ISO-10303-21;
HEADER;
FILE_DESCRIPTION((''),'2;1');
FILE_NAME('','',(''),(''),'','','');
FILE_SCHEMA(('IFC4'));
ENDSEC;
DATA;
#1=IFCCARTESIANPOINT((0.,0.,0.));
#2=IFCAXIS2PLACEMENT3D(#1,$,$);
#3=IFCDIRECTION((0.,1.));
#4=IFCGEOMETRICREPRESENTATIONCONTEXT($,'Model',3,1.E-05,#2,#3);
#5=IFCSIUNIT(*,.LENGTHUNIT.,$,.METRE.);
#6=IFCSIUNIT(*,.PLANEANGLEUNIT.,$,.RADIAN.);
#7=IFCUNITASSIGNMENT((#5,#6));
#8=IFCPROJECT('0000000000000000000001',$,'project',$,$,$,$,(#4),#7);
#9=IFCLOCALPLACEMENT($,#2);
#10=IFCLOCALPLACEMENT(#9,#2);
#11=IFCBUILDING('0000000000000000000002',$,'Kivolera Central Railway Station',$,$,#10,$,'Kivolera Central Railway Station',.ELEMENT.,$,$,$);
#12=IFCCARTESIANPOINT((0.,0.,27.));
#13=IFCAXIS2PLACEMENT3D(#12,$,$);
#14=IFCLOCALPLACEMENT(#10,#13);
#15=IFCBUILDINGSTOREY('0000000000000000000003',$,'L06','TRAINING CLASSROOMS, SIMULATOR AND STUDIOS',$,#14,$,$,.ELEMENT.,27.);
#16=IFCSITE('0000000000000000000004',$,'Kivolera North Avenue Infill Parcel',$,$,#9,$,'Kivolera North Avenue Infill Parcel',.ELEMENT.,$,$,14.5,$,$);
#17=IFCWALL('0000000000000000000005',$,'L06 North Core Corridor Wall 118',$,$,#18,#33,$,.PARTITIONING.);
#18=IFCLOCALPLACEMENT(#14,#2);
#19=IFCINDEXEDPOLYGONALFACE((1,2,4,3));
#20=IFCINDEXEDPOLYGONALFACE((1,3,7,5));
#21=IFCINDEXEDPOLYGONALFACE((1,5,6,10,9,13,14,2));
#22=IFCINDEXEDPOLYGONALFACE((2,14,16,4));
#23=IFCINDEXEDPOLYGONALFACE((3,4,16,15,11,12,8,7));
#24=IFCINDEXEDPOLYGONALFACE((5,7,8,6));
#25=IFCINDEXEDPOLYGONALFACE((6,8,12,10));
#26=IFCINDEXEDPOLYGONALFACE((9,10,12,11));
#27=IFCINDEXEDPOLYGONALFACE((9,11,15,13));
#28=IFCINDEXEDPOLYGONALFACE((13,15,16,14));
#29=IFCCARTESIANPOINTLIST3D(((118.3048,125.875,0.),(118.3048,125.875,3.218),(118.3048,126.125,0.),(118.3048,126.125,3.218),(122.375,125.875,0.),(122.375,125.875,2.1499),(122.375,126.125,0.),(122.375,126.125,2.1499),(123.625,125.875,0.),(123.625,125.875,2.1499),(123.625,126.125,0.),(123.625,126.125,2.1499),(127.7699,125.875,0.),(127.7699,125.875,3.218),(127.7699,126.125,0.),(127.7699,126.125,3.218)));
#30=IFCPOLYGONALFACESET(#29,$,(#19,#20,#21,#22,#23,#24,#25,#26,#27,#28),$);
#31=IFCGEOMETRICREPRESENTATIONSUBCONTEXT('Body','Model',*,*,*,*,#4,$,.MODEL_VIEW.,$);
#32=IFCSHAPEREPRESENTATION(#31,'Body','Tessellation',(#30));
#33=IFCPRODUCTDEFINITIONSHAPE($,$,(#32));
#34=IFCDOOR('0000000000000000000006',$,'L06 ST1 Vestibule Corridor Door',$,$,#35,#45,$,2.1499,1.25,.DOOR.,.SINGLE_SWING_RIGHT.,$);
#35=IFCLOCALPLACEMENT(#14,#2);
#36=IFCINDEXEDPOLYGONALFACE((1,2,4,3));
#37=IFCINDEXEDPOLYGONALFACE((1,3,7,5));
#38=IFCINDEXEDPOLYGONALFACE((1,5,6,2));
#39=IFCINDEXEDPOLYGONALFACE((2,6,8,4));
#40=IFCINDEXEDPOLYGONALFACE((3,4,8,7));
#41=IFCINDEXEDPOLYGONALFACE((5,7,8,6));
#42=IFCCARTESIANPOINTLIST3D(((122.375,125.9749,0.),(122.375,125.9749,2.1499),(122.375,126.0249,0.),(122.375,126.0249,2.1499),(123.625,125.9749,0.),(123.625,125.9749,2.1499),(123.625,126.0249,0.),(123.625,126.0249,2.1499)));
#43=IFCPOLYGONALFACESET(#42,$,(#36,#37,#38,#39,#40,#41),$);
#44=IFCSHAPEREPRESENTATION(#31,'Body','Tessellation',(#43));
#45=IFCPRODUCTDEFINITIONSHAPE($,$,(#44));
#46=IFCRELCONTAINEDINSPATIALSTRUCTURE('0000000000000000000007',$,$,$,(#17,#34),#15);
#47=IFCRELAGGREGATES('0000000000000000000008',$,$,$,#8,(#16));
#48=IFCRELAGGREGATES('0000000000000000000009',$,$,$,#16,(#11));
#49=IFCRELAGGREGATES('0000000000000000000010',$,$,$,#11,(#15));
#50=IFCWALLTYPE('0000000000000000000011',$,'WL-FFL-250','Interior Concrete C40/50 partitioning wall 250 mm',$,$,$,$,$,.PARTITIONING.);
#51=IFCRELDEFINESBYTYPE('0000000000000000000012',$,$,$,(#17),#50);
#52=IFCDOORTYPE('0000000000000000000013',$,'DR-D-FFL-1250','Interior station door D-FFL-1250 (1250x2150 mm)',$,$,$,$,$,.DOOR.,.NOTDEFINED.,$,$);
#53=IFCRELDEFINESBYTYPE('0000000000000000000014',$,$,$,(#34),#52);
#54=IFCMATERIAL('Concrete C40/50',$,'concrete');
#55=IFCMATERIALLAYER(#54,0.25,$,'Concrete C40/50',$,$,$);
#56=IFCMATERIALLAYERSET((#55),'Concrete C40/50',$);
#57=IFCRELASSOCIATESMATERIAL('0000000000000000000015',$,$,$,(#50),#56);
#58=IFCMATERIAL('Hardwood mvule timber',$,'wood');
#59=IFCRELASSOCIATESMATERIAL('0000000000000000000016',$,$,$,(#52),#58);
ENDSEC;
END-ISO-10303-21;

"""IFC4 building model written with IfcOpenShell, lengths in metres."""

from ifc_helpers import new_model, si_unit, direction, frame, frame_2d, origin, place, context, subcontext, project, spatial, rectangle, extrude, material, layer, layer_set, type_object, element, fill, save


model = new_model("IFC4")

# Units and contexts
model_context = context("Model", 3, precision=1e-05, world=origin(), true_north=direction((0.0, 1.0)))
body_context = subcontext(model_context, "Body", "Model", "MODEL_VIEW")
ifc_project = project(units=[si_unit("LENGTHUNIT", "METRE"), si_unit("PLANEANGLEUNIT", "RADIAN")], contexts=[model_context])

# Site, building, storey
site_placement = place(None, origin())
site = spatial("IfcSite", under=ifc_project, at=site_placement, Name="Kivolera North Avenue Infill Parcel", LongName="Kivolera North Avenue Infill Parcel", CompositionType="ELEMENT", RefElevation=14.5)
building_placement = place(site_placement, origin())
building = spatial("IfcBuilding", under=site, at=building_placement, Name="Kivolera Central Railway Station", LongName="Kivolera Central Railway Station", CompositionType="ELEMENT")
storey_placement = place(building_placement, frame((0.0, 0.0, 27.0)))
storey = spatial("IfcBuildingStorey", under=building, at=storey_placement, Name="L06", Description="TRAINING CLASSROOMS, SIMULATOR AND STUDIOS", CompositionType="ELEMENT", Elevation=27.0)

# Shared definitions
ifc_material_1 = material(Name="Concrete C40/50", Category="concrete")

# Wall, opening, door
ifc_layer_1 = layer(ifc_material_1, 0.25, Name="Concrete C40/50")
ifc_layer_set_1 = layer_set([ifc_layer_1], Name="Concrete C40/50")
wall_type_1 = type_object("IfcWallType", Name="WL-FFL-250", Description="Interior Concrete C40/50 partitioning wall 250 mm", PredefinedType="PARTITIONING", material=ifc_layer_set_1)
wall_1_placement = place(storey_placement, frame((118.3049, 126.0, 0.0), z_axis=(0.0, 0.0, 1.0), x_axis=(1.0, 0.0, 0.0)))
wall_1 = element("IfcWall", 1, at=wall_1_placement, inside=storey, type_object=wall_type_1, Name="L06 North Core Corridor Wall 118", PredefinedType="PARTITIONING", context=body_context, shape_type="SweptSolid", body=[
    extrude(rectangle(XDim=9.4651, YDim=0.25, at=frame_2d((4.7324, 0.0))), origin(), (0.0, 0.0, 1.0), 3.218),
])
opening_1_placement = place(wall_1_placement, frame((4.0701, 0.0, 0.0)))
opening_1 = element("IfcOpeningElement", 2, at=opening_1_placement, cuts=wall_1, PredefinedType="OPENING", context=body_context, shape_type="SweptSolid", body=[
    extrude(rectangle(XDim=1.25, YDim=2.1499, at=frame_2d((0.625, 1.075))), frame((0.0, 0.135, 0.0), z_axis=(0.0, -1.0, 0.0), x_axis=(1.0, 0.0, 0.0)), (0.0, 0.0, 1.0), 0.27),
])
ifc_material_2 = material(Name="Hardwood mvule timber", Category="wood")
door_type_1 = type_object("IfcDoorType", Name="DR-D-FFL-1250", Description="Interior station door D-FFL-1250 (1250x2150 mm)", OperationType="NOTDEFINED", PredefinedType="DOOR", material=ifc_material_2)
door_1_placement = place(opening_1_placement, origin())
door_1 = element("IfcDoor", 3, at=door_1_placement, inside=storey, type_object=door_type_1, Name="L06 ST1 Vestibule Corridor Door", OperationType="SINGLE_SWING_RIGHT", OverallHeight=2.1499, OverallWidth=1.25, PredefinedType="DOOR", context=body_context, shape_type="SweptSolid", body=[
    extrude(rectangle(XDim=1.25, YDim=2.1499, at=frame_2d((0.625, 1.075))), frame((0.0, 0.0249, 0.0), z_axis=(0.0, -1.0, 0.0), x_axis=(1.0, 0.0, 0.0)), (0.0, 0.0, 1.0), 0.05),
])
fill(opening_1, door_1)

save(model, "model.ifc")
